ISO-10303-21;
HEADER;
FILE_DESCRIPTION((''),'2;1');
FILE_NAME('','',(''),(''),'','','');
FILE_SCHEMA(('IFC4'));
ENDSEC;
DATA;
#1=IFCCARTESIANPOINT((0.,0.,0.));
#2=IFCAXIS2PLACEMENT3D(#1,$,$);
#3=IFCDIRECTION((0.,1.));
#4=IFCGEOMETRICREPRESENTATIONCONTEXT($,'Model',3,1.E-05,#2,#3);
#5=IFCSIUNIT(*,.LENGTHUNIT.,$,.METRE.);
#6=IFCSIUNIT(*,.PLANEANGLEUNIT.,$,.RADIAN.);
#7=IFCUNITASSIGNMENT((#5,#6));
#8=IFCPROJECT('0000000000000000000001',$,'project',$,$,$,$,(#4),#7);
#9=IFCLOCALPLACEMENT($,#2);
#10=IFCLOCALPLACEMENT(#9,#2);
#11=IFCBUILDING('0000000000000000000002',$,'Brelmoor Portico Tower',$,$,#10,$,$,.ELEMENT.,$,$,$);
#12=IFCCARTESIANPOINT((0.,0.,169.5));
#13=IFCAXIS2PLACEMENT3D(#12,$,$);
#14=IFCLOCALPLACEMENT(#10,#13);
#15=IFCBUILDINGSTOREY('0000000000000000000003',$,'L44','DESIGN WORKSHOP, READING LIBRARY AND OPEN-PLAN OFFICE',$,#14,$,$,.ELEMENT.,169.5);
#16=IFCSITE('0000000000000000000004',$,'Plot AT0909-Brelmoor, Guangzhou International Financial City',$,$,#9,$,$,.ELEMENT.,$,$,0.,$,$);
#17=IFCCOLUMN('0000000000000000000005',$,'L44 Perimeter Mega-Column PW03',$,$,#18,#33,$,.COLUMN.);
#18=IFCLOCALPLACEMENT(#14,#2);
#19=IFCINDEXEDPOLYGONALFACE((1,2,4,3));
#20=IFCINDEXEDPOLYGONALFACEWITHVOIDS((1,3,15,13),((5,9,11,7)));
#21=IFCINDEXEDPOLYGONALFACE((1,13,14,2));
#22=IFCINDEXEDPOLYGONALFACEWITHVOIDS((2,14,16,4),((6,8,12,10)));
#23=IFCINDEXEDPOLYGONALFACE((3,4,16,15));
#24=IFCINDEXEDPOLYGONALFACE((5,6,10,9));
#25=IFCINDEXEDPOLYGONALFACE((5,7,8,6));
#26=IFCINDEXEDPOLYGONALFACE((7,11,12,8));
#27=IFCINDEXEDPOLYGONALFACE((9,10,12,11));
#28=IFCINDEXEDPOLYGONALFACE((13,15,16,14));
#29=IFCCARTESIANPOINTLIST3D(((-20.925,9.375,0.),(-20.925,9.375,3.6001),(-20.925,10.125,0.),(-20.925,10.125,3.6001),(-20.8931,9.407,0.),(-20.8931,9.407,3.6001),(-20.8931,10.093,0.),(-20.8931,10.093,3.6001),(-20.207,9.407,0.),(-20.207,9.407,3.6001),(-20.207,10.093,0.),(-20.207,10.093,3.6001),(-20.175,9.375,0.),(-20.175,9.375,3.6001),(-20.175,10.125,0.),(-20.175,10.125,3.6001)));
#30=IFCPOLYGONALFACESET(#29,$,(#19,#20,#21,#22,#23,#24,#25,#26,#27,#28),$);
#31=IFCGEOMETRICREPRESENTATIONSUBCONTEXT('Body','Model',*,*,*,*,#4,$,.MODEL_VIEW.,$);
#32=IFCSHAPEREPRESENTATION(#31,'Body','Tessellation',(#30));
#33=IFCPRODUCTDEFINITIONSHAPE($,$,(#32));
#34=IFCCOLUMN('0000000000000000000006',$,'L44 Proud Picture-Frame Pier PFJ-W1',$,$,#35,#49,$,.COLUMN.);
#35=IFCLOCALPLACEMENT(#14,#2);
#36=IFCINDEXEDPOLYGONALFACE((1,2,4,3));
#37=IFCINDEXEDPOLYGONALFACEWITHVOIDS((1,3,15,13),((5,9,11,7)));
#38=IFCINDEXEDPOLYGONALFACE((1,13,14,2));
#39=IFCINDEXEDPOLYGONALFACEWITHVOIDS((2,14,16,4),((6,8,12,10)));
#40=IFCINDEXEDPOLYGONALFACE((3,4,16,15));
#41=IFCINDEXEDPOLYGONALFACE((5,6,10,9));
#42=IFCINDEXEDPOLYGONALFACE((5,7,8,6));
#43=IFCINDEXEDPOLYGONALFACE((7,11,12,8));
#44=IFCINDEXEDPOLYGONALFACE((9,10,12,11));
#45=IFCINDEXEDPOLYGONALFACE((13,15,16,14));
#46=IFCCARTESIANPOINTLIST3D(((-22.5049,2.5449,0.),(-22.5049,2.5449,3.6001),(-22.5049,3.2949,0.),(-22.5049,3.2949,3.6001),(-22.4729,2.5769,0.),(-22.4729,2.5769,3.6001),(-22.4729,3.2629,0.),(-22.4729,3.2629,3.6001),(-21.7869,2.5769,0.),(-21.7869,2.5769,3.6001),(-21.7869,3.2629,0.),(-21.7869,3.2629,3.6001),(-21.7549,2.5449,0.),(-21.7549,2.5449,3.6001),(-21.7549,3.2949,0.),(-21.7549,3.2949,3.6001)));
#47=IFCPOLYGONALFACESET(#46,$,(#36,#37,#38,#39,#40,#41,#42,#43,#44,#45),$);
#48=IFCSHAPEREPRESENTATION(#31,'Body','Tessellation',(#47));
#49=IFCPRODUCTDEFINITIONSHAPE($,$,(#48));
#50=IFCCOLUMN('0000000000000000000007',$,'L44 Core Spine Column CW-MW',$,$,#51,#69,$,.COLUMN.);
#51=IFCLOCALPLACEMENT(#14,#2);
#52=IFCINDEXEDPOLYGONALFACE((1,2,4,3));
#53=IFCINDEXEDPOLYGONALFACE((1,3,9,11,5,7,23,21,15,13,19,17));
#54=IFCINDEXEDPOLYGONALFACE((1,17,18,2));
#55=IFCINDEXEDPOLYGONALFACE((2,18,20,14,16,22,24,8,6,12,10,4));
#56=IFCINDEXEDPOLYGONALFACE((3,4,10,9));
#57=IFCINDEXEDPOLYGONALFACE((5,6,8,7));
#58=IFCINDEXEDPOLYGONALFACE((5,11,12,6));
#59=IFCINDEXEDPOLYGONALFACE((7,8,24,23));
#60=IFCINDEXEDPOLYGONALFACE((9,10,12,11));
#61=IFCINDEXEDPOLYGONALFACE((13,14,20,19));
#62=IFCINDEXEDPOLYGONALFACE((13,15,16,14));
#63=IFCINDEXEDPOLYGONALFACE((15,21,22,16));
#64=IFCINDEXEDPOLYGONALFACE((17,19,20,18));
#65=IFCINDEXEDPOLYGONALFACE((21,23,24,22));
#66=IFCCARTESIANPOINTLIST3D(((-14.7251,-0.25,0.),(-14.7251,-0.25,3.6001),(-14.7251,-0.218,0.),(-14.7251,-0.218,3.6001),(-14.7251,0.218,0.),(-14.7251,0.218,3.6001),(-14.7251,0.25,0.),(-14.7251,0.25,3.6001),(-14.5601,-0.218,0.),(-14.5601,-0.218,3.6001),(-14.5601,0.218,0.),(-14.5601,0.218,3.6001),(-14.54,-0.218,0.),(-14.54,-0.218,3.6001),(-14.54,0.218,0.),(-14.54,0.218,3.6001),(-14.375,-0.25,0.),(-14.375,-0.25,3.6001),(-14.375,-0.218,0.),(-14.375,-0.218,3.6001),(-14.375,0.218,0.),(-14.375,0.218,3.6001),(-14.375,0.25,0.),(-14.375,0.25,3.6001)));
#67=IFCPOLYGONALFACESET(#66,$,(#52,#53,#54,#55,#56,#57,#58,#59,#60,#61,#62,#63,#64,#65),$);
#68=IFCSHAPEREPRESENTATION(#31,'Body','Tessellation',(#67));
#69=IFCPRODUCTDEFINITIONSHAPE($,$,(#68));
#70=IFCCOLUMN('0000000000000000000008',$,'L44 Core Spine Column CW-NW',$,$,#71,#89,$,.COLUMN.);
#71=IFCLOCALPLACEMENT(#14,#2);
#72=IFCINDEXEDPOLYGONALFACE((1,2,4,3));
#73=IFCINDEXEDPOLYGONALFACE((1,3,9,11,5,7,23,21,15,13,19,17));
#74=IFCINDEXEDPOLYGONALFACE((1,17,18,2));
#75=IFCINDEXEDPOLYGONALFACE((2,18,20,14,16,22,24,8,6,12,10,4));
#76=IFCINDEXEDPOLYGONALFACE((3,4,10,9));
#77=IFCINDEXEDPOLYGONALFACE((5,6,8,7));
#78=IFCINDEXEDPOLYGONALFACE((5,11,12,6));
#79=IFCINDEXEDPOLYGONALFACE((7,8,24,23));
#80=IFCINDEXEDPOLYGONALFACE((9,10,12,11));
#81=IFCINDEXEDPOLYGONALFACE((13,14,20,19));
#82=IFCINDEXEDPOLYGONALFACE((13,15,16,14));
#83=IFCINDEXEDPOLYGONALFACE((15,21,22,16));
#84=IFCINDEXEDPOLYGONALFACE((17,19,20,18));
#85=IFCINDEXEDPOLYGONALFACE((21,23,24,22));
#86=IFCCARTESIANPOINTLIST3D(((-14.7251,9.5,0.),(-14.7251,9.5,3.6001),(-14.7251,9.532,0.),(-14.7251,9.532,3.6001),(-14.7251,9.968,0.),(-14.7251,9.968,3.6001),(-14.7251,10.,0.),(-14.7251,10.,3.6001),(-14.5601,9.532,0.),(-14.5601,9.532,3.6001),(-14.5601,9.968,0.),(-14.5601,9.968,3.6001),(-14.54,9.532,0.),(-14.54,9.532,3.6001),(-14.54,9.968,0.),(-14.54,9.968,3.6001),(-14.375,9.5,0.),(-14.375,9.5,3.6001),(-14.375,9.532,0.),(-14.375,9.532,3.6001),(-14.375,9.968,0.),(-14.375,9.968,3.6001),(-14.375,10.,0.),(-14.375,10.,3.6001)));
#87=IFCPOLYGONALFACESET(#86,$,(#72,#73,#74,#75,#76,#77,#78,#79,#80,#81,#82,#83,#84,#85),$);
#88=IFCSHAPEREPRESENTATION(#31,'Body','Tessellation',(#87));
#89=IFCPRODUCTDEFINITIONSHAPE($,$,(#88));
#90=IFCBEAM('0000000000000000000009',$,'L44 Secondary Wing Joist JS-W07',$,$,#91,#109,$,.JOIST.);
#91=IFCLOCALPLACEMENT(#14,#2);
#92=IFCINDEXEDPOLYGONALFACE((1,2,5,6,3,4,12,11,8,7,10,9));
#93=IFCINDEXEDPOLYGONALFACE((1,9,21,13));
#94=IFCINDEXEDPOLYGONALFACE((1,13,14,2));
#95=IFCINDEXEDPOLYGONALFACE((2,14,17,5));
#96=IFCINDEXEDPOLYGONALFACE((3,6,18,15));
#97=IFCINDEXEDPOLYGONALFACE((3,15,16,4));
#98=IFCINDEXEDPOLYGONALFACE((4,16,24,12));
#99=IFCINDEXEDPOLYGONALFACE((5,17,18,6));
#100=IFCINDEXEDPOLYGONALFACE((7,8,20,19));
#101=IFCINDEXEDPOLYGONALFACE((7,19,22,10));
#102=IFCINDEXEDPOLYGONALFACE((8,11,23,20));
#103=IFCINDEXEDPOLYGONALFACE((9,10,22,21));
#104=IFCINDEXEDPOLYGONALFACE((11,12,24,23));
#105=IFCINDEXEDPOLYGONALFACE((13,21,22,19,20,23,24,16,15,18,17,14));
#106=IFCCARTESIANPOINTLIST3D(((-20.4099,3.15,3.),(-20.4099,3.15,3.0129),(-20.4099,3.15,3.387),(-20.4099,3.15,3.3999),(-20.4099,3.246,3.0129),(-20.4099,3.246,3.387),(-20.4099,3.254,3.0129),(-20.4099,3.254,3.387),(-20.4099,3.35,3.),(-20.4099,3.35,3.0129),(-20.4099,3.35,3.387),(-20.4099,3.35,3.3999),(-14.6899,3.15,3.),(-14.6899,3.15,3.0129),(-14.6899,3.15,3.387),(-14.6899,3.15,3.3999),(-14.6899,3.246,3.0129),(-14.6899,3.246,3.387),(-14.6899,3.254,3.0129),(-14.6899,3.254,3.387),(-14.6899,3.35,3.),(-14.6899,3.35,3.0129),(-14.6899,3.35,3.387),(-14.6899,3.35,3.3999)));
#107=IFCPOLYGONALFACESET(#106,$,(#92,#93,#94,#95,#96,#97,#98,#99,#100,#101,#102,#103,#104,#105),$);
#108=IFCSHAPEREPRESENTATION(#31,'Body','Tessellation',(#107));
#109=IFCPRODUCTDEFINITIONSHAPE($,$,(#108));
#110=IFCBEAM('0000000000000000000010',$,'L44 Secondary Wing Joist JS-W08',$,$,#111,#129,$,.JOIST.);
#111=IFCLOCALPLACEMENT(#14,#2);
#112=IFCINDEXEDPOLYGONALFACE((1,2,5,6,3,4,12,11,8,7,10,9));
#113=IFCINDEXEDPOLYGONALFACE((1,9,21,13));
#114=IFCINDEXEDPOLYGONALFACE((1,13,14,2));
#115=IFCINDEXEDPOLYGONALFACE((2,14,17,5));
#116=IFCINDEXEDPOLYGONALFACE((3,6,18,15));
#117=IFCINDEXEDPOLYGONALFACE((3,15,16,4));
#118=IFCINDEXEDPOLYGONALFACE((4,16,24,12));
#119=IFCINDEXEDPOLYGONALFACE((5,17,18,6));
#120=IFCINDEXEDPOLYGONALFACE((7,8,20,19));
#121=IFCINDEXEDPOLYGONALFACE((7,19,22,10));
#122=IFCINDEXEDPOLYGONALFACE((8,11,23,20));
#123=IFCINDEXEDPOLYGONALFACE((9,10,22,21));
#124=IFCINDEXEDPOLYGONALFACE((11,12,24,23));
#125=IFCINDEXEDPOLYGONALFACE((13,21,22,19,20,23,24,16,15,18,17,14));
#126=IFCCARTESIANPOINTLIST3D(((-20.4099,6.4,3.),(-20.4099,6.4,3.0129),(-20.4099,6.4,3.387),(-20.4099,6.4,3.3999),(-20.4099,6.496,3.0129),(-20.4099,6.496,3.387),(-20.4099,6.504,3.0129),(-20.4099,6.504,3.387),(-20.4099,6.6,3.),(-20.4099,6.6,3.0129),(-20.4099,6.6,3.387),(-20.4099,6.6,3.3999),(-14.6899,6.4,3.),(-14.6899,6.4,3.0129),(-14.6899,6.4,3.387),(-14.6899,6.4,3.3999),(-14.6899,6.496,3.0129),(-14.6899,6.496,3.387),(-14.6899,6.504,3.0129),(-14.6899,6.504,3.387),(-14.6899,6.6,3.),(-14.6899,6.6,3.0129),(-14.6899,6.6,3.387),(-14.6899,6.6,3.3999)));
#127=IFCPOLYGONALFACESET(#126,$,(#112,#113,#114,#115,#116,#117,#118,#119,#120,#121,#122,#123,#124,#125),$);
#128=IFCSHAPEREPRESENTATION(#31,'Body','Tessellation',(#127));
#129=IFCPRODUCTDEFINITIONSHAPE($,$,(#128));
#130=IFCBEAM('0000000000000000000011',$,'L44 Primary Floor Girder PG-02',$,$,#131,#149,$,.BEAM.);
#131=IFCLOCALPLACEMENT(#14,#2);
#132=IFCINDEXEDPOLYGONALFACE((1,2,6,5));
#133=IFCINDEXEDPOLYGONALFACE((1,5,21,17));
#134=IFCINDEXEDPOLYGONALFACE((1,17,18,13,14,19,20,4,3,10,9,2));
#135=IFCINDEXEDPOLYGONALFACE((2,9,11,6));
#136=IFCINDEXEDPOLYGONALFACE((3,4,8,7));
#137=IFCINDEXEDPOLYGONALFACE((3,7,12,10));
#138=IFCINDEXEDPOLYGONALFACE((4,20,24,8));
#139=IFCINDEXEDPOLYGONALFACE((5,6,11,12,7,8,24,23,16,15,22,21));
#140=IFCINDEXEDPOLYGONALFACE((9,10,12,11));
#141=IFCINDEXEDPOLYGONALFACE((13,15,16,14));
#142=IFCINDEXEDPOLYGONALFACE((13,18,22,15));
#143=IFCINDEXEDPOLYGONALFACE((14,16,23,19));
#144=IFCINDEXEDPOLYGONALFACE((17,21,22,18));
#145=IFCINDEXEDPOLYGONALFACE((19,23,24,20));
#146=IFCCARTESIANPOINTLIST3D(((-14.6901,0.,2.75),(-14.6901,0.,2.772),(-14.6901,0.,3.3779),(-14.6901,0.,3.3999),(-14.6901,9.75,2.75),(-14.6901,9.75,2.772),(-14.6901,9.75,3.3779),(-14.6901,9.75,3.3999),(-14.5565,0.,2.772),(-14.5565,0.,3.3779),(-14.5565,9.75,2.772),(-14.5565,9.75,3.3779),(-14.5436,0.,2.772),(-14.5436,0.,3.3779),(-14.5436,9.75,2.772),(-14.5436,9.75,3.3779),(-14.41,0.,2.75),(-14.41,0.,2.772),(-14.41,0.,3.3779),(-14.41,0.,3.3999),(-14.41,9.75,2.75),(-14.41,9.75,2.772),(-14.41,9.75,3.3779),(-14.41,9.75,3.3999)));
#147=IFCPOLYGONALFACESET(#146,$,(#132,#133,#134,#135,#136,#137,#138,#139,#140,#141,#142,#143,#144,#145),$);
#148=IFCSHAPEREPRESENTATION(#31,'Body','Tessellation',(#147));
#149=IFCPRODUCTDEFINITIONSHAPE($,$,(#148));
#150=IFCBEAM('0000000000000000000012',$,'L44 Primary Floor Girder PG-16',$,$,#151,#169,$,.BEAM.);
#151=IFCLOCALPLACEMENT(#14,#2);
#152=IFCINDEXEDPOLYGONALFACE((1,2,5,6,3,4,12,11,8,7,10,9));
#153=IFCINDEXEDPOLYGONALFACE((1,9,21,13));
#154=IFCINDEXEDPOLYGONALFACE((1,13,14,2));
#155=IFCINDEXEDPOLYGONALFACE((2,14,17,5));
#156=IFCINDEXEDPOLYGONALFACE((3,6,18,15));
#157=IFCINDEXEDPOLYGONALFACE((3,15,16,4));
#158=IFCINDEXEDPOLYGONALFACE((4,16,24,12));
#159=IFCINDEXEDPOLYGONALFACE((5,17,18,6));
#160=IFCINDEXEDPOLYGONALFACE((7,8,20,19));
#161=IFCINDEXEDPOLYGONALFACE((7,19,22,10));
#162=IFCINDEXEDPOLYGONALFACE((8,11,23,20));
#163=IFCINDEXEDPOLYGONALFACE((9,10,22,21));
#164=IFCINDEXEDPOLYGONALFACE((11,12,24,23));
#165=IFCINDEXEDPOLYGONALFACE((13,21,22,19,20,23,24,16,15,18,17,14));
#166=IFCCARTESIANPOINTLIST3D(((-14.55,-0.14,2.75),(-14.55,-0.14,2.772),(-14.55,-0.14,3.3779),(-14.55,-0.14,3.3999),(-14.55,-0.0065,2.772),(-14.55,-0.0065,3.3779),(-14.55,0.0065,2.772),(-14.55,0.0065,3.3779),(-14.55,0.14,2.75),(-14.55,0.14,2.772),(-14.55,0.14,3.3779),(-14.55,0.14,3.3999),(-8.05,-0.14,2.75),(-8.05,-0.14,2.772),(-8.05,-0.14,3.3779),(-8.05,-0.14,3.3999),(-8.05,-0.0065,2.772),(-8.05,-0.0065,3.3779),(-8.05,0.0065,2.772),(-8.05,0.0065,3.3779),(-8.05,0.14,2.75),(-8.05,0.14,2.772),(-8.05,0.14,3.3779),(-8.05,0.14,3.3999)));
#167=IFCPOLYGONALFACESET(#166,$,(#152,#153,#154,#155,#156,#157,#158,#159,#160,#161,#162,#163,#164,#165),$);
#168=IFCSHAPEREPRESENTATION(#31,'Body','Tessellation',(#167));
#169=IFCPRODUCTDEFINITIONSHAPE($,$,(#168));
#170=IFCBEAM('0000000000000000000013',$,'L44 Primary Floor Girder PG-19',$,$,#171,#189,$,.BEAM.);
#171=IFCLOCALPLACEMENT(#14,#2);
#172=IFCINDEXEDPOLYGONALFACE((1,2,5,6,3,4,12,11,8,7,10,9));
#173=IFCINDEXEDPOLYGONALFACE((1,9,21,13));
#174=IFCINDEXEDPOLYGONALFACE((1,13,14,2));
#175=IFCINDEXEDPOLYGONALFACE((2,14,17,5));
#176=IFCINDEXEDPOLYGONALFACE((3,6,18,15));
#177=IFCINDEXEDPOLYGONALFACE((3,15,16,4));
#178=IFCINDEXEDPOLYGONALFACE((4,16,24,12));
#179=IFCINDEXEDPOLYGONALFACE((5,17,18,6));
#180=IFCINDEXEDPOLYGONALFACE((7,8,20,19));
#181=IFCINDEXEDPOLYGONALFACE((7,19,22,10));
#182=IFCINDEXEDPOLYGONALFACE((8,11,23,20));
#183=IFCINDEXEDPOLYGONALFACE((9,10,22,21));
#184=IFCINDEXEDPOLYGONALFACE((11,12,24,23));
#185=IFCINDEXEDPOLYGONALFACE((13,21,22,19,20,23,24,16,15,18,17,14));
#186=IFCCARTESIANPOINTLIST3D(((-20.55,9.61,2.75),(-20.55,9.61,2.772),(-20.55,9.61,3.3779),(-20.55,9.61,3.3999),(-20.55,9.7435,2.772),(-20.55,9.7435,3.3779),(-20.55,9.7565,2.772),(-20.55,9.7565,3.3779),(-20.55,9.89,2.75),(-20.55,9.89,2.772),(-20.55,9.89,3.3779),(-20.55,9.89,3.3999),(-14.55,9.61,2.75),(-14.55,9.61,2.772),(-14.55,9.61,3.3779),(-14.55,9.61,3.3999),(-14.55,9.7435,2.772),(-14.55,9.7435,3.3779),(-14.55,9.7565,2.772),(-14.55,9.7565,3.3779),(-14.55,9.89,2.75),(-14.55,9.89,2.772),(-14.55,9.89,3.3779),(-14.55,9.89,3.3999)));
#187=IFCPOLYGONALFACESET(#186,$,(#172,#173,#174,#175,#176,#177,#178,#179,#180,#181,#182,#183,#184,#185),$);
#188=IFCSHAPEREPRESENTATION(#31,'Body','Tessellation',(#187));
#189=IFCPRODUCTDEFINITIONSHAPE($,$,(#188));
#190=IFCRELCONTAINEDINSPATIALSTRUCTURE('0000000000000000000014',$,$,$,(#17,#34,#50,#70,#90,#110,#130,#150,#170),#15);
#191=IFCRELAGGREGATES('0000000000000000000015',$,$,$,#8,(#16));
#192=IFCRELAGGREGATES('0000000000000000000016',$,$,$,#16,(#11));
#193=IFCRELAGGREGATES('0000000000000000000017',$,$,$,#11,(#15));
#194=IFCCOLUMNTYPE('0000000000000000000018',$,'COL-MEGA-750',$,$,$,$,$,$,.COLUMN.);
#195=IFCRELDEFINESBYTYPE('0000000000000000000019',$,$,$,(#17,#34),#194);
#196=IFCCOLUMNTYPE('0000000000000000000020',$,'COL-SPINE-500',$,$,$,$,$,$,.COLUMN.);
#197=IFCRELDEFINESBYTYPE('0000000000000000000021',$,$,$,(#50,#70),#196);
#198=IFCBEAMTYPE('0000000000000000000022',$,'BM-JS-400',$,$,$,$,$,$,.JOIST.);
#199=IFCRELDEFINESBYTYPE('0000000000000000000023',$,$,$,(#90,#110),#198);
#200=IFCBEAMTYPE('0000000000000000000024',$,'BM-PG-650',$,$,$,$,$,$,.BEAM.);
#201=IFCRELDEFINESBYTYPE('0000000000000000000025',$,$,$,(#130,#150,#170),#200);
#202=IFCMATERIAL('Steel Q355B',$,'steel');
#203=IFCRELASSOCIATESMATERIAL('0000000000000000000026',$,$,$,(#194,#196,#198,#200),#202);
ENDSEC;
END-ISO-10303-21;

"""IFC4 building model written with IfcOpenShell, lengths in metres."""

from ifc_helpers import new_model, si_unit, direction, frame, origin, origin_2d, place, context, subcontext, project, spatial, hollow_rectangle, i_section, extrude, material, material_profile, profile_set, type_object, element, save


model = new_model("IFC4")

# Units and contexts
model_context = context("Model", 3, precision=1e-05, world=origin(), true_north=direction((0.0, 1.0)))
body_context = subcontext(model_context, "Body", "Model", "MODEL_VIEW")
ifc_project = project(units=[si_unit("LENGTHUNIT", "METRE"), si_unit("PLANEANGLEUNIT", "RADIAN")], contexts=[model_context])

# Site, building, storey
site_placement = place(None, origin())
site = spatial("IfcSite", under=ifc_project, at=site_placement, Name="Plot AT0909-Brelmoor, Guangzhou International Financial City", CompositionType="ELEMENT", RefElevation=0.0)
building_placement = place(site_placement, origin())
building = spatial("IfcBuilding", under=site, at=building_placement, Name="Brelmoor Portico Tower", CompositionType="ELEMENT")
storey_placement = place(building_placement, frame((0.0, 0.0, 169.5)))
storey = spatial("IfcBuildingStorey", under=building, at=storey_placement, Name="L44", Description="DESIGN WORKSHOP, READING LIBRARY AND OPEN-PLAN OFFICE", CompositionType="ELEMENT", Elevation=169.5)

# Columns
ifc_material_1 = material(Name="Steel Q355B", Category="steel")
ifc_material_profile_1 = material_profile(ifc_material_1, hollow_rectangle(XDim=0.75, YDim=0.75, WallThickness=0.032, at=origin_2d()), Name="BOX 750x750x32")
ifc_profile_set_1 = profile_set([ifc_material_profile_1], Name="Steel Q355B")
column_type_1 = type_object("IfcColumnType", Name="COL-MEGA-750", PredefinedType="COLUMN", material=ifc_profile_set_1)
for number, where, z_axis, x_axis, name in (
    (1, (-20.55, 9.75, 0.0), (0.0, 0.0, 1.0), (0.0, 1.0, 0.0), "L44 Perimeter Mega-Column PW03"),
    (2, (-22.1299, 2.9199, 0.0), (0.0, 0.0, 1.0), (0.0, 1.0, 0.0), "L44 Proud Picture-Frame Pier PFJ-W1"),
):
    element("IfcColumn", number, at=place(storey_placement, frame(where, z_axis=z_axis, x_axis=x_axis)), inside=storey, type_object=column_type_1, Name=name, PredefinedType="COLUMN", context=body_context, shape_type="SweptSolid", body=[
        extrude(hollow_rectangle(XDim=0.75, YDim=0.75, WallThickness=0.032, at=origin_2d()), origin(), (0.0, 0.0, 1.0), 3.6001),
    ])
ifc_material_profile_2 = material_profile(ifc_material_1, i_section(OverallWidth=0.3501, OverallDepth=0.5, WebThickness=0.02, FlangeThickness=0.032, at=origin_2d()), Name="HW 500x350x20x32")
ifc_profile_set_2 = profile_set([ifc_material_profile_2], Name="Steel Q355B")
column_type_2 = type_object("IfcColumnType", Name="COL-SPINE-500", PredefinedType="COLUMN", material=ifc_profile_set_2)
for number, where, z_axis, x_axis, name in (
    (3, (-14.55, 0.0, 0.0), (0.0, 0.0, 1.0), (1.0, 0.0, 0.0), "L44 Core Spine Column CW-MW"),
    (4, (-14.55, 9.75, 0.0), (0.0, 0.0, 1.0), (1.0, 0.0, 0.0), "L44 Core Spine Column CW-NW"),
):
    element("IfcColumn", number, at=place(storey_placement, frame(where, z_axis=z_axis, x_axis=x_axis)), inside=storey, type_object=column_type_2, Name=name, PredefinedType="COLUMN", context=body_context, shape_type="SweptSolid", body=[
        extrude(i_section(OverallWidth=0.3501, OverallDepth=0.5, WebThickness=0.02, FlangeThickness=0.032, at=origin_2d()), origin(), (0.0, 0.0, 1.0), 3.6001),
    ])

# Beams
ifc_material_profile_3 = material_profile(ifc_material_1, i_section(OverallWidth=0.2, OverallDepth=0.3999, WebThickness=0.0081, FlangeThickness=0.0129, at=origin_2d()), Name="HN 400x200x8x13")
ifc_profile_set_3 = profile_set([ifc_material_profile_3], Name="Steel Q355B")
beam_type_1 = type_object("IfcBeamType", Name="BM-JS-400", PredefinedType="JOIST", material=ifc_profile_set_3)
for number, where, z_axis, x_axis, name in (
    (5, (-20.4099, 3.25, 3.2), (1.0, 0.0, 0.0), (0.0, 1.0, 0.0), "L44 Secondary Wing Joist JS-W07"),
    (6, (-20.4099, 6.5, 3.2), (1.0, 0.0, 0.0), (0.0, 1.0, 0.0), "L44 Secondary Wing Joist JS-W08"),
):
    element("IfcBeam", number, at=place(storey_placement, frame(where, z_axis=z_axis, x_axis=x_axis)), inside=storey, type_object=beam_type_1, Name=name, PredefinedType="JOIST", context=body_context, shape_type="SweptSolid", body=[
        extrude(i_section(OverallWidth=0.2, OverallDepth=0.3999, WebThickness=0.0081, FlangeThickness=0.0129, at=origin_2d()), origin(), (0.0, 0.0, 1.0), 5.72),
    ])
ifc_material_profile_4 = material_profile(ifc_material_1, i_section(OverallWidth=0.28, OverallDepth=0.6499, WebThickness=0.0129, FlangeThickness=0.022, at=origin_2d()), Name="HN 650x280x13x22")
ifc_profile_set_4 = profile_set([ifc_material_profile_4], Name="Steel Q355B")
beam_type_2 = type_object("IfcBeamType", Name="BM-PG-650", PredefinedType="BEAM", material=ifc_profile_set_4)
beam_1_placement = place(storey_placement, frame((-14.55, 0.0, 3.075), z_axis=(0.0, 1.0, 0.0), x_axis=(-1.0, 0.0, 0.0)))
element("IfcBeam", 7, at=beam_1_placement, inside=storey, type_object=beam_type_2, Name="L44 Primary Floor Girder PG-02", PredefinedType="BEAM", context=body_context, shape_type="SweptSolid", body=[
    extrude(i_section(OverallWidth=0.28, OverallDepth=0.6499, WebThickness=0.0129, FlangeThickness=0.022, at=origin_2d()), origin(), (0.0, 0.0, 1.0), 9.75),
])
beam_2_placement = place(storey_placement, frame((-14.55, 0.0, 3.075), z_axis=(1.0, 0.0, 0.0), x_axis=(0.0, 1.0, 0.0)))
element("IfcBeam", 8, at=beam_2_placement, inside=storey, type_object=beam_type_2, Name="L44 Primary Floor Girder PG-16", PredefinedType="BEAM", context=body_context, shape_type="SweptSolid", body=[
    extrude(i_section(OverallWidth=0.28, OverallDepth=0.6499, WebThickness=0.0129, FlangeThickness=0.022, at=origin_2d()), origin(), (0.0, 0.0, 1.0), 6.5),
])
beam_3_placement = place(storey_placement, frame((-20.55, 9.75, 3.075), z_axis=(1.0, 0.0, 0.0), x_axis=(0.0, 1.0, 0.0)))
element("IfcBeam", 9, at=beam_3_placement, inside=storey, type_object=beam_type_2, Name="L44 Primary Floor Girder PG-19", PredefinedType="BEAM", context=body_context, shape_type="SweptSolid", body=[
    extrude(i_section(OverallWidth=0.28, OverallDepth=0.6499, WebThickness=0.0129, FlangeThickness=0.022, at=origin_2d()), origin(), (0.0, 0.0, 1.0), 6.0),
])

save(model, "model.ifc")
